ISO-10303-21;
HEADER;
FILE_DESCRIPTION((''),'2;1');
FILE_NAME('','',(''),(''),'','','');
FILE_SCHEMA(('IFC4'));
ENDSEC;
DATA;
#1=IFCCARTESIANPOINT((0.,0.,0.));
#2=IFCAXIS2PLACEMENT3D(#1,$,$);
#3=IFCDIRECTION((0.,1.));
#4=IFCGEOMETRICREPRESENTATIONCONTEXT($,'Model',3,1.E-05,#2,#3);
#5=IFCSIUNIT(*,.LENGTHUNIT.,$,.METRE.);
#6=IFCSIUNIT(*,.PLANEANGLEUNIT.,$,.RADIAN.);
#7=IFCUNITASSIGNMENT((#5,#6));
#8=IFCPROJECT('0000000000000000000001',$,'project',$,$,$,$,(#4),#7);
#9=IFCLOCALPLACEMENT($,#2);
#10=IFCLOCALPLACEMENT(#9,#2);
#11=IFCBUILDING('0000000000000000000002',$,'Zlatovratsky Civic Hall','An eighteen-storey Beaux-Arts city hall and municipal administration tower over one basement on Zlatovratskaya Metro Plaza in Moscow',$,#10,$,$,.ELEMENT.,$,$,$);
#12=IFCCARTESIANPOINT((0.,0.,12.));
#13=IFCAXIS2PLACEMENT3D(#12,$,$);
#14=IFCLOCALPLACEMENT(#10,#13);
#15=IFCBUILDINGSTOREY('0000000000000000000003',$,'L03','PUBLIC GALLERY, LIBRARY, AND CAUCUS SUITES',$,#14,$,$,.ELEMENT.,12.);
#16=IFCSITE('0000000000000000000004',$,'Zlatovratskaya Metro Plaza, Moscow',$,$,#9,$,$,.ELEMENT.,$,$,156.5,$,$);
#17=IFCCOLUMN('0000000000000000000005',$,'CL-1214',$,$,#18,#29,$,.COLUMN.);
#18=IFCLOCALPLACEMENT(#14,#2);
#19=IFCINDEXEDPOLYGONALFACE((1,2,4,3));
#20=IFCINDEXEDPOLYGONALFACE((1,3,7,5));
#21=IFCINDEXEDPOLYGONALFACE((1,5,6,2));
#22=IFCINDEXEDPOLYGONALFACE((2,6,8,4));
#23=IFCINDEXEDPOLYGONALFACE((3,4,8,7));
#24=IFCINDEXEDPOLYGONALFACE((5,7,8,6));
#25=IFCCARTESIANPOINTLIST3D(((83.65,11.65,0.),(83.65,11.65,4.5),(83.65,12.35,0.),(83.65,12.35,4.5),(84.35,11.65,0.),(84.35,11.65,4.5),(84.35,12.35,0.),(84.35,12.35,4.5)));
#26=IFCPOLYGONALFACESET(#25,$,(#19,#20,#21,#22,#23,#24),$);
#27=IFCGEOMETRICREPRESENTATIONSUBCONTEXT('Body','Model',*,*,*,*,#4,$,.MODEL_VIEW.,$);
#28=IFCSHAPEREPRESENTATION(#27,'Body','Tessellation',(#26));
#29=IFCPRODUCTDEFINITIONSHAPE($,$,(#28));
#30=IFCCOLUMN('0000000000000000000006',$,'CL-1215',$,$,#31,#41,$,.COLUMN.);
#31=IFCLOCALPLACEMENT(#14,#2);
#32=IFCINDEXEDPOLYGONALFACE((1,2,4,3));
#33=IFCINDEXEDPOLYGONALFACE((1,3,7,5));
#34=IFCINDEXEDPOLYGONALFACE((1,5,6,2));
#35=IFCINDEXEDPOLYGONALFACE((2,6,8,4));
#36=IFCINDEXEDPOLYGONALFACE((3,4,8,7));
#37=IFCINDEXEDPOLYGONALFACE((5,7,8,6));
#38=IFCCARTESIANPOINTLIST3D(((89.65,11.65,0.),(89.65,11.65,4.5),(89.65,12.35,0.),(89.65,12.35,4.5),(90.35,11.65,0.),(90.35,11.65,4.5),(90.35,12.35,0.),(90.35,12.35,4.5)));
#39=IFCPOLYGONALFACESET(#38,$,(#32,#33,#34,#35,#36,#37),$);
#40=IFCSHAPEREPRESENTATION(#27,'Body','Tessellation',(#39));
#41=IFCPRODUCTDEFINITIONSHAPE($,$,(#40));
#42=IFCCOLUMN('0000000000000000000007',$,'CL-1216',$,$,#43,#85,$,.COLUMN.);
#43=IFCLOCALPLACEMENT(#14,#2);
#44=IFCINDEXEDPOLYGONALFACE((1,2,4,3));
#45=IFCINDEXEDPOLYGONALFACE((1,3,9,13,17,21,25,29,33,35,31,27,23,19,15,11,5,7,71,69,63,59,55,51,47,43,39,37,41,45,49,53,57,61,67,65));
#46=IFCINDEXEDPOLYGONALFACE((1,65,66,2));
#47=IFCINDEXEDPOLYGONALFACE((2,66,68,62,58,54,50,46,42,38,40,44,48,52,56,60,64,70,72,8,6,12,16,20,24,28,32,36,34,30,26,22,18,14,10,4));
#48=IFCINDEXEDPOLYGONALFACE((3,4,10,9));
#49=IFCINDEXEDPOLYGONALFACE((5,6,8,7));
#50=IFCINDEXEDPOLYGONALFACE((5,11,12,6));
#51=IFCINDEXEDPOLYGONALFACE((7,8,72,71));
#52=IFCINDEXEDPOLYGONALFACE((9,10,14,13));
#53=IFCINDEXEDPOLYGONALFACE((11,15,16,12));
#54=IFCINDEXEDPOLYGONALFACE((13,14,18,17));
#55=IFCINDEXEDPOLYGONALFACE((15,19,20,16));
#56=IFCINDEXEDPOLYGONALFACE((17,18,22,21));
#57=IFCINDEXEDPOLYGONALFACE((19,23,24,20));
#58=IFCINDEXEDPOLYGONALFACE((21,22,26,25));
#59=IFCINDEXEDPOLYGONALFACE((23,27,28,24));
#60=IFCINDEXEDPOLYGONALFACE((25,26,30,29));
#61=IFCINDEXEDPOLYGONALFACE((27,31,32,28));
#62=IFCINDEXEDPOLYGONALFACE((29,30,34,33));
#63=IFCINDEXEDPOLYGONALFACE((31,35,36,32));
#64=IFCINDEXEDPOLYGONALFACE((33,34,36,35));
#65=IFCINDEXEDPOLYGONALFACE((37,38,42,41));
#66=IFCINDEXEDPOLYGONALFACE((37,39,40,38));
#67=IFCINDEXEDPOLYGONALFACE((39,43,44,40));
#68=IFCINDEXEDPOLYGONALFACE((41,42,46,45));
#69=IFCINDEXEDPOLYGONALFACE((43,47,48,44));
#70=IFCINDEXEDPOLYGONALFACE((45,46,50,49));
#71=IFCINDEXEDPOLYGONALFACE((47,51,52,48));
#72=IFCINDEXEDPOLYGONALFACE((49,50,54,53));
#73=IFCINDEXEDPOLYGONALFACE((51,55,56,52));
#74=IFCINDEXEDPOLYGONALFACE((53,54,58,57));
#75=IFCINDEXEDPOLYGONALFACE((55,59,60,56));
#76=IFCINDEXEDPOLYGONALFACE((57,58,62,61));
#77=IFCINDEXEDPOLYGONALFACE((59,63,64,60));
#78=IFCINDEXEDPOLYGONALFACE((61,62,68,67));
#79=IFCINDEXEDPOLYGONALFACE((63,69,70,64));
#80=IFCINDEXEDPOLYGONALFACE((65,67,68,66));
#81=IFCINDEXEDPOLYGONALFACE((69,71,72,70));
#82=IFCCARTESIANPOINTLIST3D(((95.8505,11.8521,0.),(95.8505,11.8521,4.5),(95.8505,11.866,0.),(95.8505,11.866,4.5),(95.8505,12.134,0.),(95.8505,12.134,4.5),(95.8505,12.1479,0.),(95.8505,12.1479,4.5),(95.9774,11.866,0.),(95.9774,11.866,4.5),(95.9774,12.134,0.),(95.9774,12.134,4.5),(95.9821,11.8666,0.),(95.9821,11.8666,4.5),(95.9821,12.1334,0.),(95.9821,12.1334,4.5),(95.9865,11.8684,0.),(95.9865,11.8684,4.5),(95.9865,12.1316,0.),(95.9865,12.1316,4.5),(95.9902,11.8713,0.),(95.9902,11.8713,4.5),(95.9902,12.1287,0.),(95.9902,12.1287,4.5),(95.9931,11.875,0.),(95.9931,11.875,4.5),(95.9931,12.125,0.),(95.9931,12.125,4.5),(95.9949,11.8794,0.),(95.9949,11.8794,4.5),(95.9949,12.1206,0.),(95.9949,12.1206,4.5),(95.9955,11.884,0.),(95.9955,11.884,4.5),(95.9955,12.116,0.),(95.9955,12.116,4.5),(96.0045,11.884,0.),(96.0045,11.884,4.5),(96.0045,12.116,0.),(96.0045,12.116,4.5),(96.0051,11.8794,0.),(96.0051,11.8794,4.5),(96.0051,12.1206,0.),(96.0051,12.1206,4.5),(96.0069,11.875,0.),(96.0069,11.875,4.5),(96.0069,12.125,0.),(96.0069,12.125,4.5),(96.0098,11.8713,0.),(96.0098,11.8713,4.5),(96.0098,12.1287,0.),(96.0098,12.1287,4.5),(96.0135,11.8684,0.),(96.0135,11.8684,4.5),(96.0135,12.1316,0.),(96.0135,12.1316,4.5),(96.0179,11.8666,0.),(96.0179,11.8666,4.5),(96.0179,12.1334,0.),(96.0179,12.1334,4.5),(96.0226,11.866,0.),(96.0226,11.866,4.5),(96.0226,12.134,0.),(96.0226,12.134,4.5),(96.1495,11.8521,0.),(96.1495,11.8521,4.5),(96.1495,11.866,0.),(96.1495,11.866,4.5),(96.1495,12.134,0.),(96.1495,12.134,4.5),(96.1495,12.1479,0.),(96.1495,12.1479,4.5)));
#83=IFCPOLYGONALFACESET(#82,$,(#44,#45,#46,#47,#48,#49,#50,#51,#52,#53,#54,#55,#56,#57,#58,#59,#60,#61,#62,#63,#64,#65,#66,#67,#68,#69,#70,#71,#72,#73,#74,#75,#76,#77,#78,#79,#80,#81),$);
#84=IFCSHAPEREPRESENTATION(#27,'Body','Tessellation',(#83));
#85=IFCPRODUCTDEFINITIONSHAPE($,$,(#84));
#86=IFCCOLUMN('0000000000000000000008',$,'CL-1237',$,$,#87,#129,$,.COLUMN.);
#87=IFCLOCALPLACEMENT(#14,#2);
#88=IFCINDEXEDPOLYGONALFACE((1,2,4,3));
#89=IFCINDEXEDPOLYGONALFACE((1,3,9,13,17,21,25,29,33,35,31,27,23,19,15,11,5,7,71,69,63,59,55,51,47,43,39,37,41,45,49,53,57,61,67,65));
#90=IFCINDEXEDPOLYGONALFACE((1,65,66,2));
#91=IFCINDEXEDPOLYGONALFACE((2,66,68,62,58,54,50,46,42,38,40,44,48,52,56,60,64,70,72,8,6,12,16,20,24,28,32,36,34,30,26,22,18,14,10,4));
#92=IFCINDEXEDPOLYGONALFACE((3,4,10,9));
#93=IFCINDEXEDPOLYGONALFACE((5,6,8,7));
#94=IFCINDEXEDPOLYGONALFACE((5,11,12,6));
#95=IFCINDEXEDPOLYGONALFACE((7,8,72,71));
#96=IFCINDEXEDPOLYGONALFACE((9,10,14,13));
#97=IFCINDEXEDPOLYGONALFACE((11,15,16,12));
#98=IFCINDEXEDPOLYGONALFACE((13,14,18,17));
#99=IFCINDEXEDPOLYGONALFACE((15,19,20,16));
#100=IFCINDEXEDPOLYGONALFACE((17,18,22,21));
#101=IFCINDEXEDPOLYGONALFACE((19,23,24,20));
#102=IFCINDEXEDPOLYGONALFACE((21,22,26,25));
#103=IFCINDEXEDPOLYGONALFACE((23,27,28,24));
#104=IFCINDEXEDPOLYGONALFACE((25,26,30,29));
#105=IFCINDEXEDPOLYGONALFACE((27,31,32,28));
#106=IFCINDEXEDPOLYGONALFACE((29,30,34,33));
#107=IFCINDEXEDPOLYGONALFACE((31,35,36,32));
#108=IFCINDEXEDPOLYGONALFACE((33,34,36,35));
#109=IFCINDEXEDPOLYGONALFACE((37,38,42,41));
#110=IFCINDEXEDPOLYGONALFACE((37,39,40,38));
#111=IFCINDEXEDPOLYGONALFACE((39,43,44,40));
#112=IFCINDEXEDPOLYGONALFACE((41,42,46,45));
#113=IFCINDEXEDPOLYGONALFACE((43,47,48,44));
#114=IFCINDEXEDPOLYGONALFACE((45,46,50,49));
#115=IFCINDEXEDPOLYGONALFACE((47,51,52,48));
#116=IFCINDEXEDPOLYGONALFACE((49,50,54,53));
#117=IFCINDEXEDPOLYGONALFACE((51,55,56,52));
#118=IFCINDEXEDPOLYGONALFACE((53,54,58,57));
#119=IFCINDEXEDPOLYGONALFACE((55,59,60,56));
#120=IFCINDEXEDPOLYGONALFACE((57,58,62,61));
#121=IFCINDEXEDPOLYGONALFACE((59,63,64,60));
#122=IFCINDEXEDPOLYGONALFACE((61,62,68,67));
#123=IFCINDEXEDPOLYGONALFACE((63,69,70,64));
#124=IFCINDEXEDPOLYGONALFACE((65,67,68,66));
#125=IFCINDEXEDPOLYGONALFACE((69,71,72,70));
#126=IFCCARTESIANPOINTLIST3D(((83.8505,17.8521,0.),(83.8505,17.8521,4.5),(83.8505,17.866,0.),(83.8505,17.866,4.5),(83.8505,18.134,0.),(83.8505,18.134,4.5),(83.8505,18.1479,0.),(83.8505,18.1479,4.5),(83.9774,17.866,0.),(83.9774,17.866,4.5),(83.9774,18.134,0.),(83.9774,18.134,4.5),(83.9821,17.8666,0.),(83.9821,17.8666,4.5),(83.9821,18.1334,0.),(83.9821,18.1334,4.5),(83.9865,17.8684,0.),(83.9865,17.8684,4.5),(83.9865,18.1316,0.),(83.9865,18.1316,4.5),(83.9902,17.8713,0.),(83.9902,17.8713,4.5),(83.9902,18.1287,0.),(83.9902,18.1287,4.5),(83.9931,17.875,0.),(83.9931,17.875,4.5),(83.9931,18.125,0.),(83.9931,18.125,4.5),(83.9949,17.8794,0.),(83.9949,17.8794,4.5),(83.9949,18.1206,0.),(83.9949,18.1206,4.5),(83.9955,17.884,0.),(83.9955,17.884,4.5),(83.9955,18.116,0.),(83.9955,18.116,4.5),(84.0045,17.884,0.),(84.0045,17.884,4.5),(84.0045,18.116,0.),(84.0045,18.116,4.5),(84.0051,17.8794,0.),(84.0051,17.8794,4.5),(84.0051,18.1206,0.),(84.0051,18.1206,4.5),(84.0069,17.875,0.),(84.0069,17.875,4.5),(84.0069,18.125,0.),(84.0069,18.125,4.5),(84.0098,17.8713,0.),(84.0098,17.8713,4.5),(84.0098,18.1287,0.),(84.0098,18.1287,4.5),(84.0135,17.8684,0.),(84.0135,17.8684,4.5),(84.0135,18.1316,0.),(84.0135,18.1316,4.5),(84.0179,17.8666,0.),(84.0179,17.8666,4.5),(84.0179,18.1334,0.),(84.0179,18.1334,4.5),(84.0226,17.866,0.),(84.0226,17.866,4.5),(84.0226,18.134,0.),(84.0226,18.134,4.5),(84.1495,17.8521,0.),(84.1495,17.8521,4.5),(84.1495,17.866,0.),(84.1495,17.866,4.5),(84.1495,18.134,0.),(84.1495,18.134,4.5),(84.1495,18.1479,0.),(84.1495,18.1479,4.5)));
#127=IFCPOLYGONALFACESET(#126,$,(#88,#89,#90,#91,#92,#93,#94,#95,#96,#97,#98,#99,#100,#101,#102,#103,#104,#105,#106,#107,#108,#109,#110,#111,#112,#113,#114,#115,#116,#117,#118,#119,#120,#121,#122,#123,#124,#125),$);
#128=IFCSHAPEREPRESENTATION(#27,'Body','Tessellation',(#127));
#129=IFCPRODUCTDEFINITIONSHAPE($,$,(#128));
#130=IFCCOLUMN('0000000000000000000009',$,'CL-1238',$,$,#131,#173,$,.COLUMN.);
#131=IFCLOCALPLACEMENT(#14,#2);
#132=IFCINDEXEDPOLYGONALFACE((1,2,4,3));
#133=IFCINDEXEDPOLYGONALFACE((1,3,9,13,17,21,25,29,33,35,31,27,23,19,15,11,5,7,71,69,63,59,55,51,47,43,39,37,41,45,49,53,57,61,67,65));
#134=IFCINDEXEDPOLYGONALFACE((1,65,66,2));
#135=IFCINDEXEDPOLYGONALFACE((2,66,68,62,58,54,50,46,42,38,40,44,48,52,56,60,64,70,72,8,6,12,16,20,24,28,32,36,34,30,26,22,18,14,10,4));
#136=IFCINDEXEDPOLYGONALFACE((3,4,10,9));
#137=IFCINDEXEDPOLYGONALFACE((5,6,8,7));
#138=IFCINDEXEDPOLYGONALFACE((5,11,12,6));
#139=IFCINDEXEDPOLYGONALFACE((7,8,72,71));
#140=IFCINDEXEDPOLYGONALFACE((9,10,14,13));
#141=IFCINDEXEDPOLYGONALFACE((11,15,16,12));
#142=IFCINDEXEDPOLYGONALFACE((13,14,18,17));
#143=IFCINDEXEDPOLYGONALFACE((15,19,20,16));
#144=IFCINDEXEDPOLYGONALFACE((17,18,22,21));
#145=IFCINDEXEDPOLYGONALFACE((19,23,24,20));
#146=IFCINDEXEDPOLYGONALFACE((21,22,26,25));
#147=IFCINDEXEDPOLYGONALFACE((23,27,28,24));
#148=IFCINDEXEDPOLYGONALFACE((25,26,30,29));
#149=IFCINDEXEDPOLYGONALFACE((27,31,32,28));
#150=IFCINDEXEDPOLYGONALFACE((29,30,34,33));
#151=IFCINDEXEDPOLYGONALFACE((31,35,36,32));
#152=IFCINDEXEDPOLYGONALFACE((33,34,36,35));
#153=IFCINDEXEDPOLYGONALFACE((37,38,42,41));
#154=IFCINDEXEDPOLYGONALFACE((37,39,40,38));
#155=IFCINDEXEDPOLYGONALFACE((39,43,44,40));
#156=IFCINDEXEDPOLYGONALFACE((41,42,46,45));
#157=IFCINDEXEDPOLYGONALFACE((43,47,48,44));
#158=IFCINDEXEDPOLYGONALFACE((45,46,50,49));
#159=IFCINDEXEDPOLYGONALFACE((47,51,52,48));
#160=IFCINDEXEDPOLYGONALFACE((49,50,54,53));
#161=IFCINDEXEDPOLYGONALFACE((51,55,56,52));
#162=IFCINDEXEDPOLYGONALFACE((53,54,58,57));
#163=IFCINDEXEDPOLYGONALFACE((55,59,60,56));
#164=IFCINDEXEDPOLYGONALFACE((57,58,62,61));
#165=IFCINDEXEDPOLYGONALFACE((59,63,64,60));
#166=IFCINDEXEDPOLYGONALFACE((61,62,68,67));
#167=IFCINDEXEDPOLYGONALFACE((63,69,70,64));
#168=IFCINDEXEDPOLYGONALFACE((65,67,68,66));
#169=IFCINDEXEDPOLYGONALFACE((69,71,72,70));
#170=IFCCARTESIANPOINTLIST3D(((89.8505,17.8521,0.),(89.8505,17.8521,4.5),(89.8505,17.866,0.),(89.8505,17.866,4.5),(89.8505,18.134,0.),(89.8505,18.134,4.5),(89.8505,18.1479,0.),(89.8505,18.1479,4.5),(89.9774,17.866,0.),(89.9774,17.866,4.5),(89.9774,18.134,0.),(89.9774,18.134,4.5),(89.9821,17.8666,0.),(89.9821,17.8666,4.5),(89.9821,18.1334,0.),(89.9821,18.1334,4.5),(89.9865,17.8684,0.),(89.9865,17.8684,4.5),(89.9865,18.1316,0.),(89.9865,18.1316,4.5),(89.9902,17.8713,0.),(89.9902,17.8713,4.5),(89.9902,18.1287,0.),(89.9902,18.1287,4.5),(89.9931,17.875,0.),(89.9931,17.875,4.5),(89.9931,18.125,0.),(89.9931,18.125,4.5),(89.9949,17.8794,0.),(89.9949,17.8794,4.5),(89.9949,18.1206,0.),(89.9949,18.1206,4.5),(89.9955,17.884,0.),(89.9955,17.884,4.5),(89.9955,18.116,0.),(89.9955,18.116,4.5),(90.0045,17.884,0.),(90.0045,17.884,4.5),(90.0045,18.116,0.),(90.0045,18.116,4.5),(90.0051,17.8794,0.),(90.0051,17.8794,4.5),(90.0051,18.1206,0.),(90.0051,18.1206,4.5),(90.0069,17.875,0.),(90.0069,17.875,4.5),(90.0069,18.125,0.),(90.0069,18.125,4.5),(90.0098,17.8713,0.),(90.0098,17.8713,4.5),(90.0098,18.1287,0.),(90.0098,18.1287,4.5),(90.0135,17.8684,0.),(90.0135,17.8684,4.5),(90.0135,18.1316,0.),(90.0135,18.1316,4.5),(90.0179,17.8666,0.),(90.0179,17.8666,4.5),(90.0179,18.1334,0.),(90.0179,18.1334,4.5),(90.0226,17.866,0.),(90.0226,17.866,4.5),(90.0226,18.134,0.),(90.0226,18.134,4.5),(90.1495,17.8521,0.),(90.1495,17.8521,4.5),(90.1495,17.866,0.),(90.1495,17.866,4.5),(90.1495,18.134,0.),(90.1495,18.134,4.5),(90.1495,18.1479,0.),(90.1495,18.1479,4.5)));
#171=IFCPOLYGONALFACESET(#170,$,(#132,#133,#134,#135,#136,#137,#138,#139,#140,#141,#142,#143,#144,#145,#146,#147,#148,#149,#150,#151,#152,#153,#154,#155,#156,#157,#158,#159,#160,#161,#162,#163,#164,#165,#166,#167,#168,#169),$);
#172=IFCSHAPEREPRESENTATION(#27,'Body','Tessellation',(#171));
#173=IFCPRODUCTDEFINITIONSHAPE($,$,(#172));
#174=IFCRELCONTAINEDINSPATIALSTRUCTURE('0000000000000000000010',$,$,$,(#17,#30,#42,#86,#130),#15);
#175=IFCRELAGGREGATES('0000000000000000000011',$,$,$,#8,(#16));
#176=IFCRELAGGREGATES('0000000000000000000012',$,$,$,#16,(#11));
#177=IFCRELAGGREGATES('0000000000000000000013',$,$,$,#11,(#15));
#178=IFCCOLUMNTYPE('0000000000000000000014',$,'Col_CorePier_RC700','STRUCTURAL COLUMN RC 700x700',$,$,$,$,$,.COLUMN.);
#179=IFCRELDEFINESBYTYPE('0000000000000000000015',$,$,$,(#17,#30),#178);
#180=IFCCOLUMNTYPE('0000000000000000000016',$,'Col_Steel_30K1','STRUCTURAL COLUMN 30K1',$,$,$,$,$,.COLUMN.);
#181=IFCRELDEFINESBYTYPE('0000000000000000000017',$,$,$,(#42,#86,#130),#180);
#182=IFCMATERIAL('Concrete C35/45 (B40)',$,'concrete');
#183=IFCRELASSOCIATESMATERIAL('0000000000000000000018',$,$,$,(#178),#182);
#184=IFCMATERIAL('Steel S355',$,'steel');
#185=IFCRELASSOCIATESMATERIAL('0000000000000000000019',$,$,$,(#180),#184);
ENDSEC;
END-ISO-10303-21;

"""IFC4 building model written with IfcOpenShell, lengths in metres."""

from ifc_helpers import new_model, si_unit, direction, frame, origin, origin_2d, place, context, subcontext, project, spatial, rectangle, i_section, extrude, material, material_profile, profile_set, type_object, element, save


model = new_model("IFC4")

# Units and contexts
model_context = context("Model", 3, precision=1e-05, world=origin(), true_north=direction((0.0, 1.0)))
body_context = subcontext(model_context, "Body", "Model", "MODEL_VIEW")
ifc_project = project(units=[si_unit("LENGTHUNIT", "METRE"), si_unit("PLANEANGLEUNIT", "RADIAN")], contexts=[model_context])

# Site, building, storey
site_placement = place(None, origin())
site = spatial("IfcSite", under=ifc_project, at=site_placement, Name="Zlatovratskaya Metro Plaza, Moscow", CompositionType="ELEMENT", RefElevation=156.5)
building_placement = place(site_placement, origin())
building = spatial("IfcBuilding", under=site, at=building_placement, Name="Zlatovratsky Civic Hall", Description="An eighteen-storey Beaux-Arts city hall and municipal administration tower over one basement on Zlatovratskaya Metro Plaza in Moscow", CompositionType="ELEMENT")
storey_placement = place(building_placement, frame((0.0, 0.0, 12.0)))
storey = spatial("IfcBuildingStorey", under=building, at=storey_placement, Name="L03", Description="PUBLIC GALLERY, LIBRARY, AND CAUCUS SUITES", CompositionType="ELEMENT", Elevation=12.0)

# Columns
ifc_material_1 = material(Name="Concrete C35/45 (B40)", Category="concrete")
ifc_material_profile_1 = material_profile(ifc_material_1, rectangle(XDim=0.7, YDim=0.7, at=origin_2d()), Name="RC 700x700")
ifc_profile_set_1 = profile_set([ifc_material_profile_1], Name="Concrete C35/45 (B40)")
column_type_1 = type_object("IfcColumnType", Name="Col_CorePier_RC700", Description="STRUCTURAL COLUMN RC 700x700", PredefinedType="COLUMN", material=ifc_profile_set_1)
for number, where, z_axis, x_axis, name in (
    (1, (84.0, 12.0, 0.0), (0.0, 0.0, 1.0), (1.0, 0.0, 0.0), "CL-1214"),
    (2, (90.0, 12.0, 0.0), (0.0, 0.0, 1.0), (1.0, 0.0, 0.0), "CL-1215"),
):
    element("IfcColumn", number, at=place(storey_placement, frame(where, z_axis=z_axis, x_axis=x_axis)), inside=storey, type_object=column_type_1, Name=name, PredefinedType="COLUMN", context=body_context, shape_type="SweptSolid", body=[
        extrude(rectangle(XDim=0.7, YDim=0.7, at=origin_2d()), origin(), (0.0, 0.0, 1.0), 4.5),
    ])
ifc_material_2 = material(Name="Steel S355", Category="steel")
ifc_material_profile_2 = material_profile(ifc_material_2, i_section(OverallWidth=0.2991, OverallDepth=0.2959, WebThickness=0.009, FlangeThickness=0.0139, FilletRadius=0.0181, at=origin_2d()), Name="30K1")
ifc_profile_set_2 = profile_set([ifc_material_profile_2], Name="Steel S355")
column_type_2 = type_object("IfcColumnType", Name="Col_Steel_30K1", Description="STRUCTURAL COLUMN 30K1", PredefinedType="COLUMN", material=ifc_profile_set_2)
for number, where, z_axis, x_axis, name in (
    (3, (96.0, 12.0, 0.0), (0.0, 0.0, 1.0), (1.0, 0.0, 0.0), "CL-1216"),
    (4, (84.0, 18.0, 0.0), (0.0, 0.0, 1.0), (1.0, 0.0, 0.0), "CL-1237"),
    (5, (90.0, 18.0, 0.0), (0.0, 0.0, 1.0), (1.0, 0.0, 0.0), "CL-1238"),
):
    element("IfcColumn", number, at=place(storey_placement, frame(where, z_axis=z_axis, x_axis=x_axis)), inside=storey, type_object=column_type_2, Name=name, PredefinedType="COLUMN", context=body_context, shape_type="SweptSolid", body=[
        extrude(i_section(OverallWidth=0.2991, OverallDepth=0.2959, WebThickness=0.009, FlangeThickness=0.0139, FilletRadius=0.0181, at=origin_2d()), origin(), (0.0, 0.0, 1.0), 4.5),
    ])

save(model, "model.ifc")
